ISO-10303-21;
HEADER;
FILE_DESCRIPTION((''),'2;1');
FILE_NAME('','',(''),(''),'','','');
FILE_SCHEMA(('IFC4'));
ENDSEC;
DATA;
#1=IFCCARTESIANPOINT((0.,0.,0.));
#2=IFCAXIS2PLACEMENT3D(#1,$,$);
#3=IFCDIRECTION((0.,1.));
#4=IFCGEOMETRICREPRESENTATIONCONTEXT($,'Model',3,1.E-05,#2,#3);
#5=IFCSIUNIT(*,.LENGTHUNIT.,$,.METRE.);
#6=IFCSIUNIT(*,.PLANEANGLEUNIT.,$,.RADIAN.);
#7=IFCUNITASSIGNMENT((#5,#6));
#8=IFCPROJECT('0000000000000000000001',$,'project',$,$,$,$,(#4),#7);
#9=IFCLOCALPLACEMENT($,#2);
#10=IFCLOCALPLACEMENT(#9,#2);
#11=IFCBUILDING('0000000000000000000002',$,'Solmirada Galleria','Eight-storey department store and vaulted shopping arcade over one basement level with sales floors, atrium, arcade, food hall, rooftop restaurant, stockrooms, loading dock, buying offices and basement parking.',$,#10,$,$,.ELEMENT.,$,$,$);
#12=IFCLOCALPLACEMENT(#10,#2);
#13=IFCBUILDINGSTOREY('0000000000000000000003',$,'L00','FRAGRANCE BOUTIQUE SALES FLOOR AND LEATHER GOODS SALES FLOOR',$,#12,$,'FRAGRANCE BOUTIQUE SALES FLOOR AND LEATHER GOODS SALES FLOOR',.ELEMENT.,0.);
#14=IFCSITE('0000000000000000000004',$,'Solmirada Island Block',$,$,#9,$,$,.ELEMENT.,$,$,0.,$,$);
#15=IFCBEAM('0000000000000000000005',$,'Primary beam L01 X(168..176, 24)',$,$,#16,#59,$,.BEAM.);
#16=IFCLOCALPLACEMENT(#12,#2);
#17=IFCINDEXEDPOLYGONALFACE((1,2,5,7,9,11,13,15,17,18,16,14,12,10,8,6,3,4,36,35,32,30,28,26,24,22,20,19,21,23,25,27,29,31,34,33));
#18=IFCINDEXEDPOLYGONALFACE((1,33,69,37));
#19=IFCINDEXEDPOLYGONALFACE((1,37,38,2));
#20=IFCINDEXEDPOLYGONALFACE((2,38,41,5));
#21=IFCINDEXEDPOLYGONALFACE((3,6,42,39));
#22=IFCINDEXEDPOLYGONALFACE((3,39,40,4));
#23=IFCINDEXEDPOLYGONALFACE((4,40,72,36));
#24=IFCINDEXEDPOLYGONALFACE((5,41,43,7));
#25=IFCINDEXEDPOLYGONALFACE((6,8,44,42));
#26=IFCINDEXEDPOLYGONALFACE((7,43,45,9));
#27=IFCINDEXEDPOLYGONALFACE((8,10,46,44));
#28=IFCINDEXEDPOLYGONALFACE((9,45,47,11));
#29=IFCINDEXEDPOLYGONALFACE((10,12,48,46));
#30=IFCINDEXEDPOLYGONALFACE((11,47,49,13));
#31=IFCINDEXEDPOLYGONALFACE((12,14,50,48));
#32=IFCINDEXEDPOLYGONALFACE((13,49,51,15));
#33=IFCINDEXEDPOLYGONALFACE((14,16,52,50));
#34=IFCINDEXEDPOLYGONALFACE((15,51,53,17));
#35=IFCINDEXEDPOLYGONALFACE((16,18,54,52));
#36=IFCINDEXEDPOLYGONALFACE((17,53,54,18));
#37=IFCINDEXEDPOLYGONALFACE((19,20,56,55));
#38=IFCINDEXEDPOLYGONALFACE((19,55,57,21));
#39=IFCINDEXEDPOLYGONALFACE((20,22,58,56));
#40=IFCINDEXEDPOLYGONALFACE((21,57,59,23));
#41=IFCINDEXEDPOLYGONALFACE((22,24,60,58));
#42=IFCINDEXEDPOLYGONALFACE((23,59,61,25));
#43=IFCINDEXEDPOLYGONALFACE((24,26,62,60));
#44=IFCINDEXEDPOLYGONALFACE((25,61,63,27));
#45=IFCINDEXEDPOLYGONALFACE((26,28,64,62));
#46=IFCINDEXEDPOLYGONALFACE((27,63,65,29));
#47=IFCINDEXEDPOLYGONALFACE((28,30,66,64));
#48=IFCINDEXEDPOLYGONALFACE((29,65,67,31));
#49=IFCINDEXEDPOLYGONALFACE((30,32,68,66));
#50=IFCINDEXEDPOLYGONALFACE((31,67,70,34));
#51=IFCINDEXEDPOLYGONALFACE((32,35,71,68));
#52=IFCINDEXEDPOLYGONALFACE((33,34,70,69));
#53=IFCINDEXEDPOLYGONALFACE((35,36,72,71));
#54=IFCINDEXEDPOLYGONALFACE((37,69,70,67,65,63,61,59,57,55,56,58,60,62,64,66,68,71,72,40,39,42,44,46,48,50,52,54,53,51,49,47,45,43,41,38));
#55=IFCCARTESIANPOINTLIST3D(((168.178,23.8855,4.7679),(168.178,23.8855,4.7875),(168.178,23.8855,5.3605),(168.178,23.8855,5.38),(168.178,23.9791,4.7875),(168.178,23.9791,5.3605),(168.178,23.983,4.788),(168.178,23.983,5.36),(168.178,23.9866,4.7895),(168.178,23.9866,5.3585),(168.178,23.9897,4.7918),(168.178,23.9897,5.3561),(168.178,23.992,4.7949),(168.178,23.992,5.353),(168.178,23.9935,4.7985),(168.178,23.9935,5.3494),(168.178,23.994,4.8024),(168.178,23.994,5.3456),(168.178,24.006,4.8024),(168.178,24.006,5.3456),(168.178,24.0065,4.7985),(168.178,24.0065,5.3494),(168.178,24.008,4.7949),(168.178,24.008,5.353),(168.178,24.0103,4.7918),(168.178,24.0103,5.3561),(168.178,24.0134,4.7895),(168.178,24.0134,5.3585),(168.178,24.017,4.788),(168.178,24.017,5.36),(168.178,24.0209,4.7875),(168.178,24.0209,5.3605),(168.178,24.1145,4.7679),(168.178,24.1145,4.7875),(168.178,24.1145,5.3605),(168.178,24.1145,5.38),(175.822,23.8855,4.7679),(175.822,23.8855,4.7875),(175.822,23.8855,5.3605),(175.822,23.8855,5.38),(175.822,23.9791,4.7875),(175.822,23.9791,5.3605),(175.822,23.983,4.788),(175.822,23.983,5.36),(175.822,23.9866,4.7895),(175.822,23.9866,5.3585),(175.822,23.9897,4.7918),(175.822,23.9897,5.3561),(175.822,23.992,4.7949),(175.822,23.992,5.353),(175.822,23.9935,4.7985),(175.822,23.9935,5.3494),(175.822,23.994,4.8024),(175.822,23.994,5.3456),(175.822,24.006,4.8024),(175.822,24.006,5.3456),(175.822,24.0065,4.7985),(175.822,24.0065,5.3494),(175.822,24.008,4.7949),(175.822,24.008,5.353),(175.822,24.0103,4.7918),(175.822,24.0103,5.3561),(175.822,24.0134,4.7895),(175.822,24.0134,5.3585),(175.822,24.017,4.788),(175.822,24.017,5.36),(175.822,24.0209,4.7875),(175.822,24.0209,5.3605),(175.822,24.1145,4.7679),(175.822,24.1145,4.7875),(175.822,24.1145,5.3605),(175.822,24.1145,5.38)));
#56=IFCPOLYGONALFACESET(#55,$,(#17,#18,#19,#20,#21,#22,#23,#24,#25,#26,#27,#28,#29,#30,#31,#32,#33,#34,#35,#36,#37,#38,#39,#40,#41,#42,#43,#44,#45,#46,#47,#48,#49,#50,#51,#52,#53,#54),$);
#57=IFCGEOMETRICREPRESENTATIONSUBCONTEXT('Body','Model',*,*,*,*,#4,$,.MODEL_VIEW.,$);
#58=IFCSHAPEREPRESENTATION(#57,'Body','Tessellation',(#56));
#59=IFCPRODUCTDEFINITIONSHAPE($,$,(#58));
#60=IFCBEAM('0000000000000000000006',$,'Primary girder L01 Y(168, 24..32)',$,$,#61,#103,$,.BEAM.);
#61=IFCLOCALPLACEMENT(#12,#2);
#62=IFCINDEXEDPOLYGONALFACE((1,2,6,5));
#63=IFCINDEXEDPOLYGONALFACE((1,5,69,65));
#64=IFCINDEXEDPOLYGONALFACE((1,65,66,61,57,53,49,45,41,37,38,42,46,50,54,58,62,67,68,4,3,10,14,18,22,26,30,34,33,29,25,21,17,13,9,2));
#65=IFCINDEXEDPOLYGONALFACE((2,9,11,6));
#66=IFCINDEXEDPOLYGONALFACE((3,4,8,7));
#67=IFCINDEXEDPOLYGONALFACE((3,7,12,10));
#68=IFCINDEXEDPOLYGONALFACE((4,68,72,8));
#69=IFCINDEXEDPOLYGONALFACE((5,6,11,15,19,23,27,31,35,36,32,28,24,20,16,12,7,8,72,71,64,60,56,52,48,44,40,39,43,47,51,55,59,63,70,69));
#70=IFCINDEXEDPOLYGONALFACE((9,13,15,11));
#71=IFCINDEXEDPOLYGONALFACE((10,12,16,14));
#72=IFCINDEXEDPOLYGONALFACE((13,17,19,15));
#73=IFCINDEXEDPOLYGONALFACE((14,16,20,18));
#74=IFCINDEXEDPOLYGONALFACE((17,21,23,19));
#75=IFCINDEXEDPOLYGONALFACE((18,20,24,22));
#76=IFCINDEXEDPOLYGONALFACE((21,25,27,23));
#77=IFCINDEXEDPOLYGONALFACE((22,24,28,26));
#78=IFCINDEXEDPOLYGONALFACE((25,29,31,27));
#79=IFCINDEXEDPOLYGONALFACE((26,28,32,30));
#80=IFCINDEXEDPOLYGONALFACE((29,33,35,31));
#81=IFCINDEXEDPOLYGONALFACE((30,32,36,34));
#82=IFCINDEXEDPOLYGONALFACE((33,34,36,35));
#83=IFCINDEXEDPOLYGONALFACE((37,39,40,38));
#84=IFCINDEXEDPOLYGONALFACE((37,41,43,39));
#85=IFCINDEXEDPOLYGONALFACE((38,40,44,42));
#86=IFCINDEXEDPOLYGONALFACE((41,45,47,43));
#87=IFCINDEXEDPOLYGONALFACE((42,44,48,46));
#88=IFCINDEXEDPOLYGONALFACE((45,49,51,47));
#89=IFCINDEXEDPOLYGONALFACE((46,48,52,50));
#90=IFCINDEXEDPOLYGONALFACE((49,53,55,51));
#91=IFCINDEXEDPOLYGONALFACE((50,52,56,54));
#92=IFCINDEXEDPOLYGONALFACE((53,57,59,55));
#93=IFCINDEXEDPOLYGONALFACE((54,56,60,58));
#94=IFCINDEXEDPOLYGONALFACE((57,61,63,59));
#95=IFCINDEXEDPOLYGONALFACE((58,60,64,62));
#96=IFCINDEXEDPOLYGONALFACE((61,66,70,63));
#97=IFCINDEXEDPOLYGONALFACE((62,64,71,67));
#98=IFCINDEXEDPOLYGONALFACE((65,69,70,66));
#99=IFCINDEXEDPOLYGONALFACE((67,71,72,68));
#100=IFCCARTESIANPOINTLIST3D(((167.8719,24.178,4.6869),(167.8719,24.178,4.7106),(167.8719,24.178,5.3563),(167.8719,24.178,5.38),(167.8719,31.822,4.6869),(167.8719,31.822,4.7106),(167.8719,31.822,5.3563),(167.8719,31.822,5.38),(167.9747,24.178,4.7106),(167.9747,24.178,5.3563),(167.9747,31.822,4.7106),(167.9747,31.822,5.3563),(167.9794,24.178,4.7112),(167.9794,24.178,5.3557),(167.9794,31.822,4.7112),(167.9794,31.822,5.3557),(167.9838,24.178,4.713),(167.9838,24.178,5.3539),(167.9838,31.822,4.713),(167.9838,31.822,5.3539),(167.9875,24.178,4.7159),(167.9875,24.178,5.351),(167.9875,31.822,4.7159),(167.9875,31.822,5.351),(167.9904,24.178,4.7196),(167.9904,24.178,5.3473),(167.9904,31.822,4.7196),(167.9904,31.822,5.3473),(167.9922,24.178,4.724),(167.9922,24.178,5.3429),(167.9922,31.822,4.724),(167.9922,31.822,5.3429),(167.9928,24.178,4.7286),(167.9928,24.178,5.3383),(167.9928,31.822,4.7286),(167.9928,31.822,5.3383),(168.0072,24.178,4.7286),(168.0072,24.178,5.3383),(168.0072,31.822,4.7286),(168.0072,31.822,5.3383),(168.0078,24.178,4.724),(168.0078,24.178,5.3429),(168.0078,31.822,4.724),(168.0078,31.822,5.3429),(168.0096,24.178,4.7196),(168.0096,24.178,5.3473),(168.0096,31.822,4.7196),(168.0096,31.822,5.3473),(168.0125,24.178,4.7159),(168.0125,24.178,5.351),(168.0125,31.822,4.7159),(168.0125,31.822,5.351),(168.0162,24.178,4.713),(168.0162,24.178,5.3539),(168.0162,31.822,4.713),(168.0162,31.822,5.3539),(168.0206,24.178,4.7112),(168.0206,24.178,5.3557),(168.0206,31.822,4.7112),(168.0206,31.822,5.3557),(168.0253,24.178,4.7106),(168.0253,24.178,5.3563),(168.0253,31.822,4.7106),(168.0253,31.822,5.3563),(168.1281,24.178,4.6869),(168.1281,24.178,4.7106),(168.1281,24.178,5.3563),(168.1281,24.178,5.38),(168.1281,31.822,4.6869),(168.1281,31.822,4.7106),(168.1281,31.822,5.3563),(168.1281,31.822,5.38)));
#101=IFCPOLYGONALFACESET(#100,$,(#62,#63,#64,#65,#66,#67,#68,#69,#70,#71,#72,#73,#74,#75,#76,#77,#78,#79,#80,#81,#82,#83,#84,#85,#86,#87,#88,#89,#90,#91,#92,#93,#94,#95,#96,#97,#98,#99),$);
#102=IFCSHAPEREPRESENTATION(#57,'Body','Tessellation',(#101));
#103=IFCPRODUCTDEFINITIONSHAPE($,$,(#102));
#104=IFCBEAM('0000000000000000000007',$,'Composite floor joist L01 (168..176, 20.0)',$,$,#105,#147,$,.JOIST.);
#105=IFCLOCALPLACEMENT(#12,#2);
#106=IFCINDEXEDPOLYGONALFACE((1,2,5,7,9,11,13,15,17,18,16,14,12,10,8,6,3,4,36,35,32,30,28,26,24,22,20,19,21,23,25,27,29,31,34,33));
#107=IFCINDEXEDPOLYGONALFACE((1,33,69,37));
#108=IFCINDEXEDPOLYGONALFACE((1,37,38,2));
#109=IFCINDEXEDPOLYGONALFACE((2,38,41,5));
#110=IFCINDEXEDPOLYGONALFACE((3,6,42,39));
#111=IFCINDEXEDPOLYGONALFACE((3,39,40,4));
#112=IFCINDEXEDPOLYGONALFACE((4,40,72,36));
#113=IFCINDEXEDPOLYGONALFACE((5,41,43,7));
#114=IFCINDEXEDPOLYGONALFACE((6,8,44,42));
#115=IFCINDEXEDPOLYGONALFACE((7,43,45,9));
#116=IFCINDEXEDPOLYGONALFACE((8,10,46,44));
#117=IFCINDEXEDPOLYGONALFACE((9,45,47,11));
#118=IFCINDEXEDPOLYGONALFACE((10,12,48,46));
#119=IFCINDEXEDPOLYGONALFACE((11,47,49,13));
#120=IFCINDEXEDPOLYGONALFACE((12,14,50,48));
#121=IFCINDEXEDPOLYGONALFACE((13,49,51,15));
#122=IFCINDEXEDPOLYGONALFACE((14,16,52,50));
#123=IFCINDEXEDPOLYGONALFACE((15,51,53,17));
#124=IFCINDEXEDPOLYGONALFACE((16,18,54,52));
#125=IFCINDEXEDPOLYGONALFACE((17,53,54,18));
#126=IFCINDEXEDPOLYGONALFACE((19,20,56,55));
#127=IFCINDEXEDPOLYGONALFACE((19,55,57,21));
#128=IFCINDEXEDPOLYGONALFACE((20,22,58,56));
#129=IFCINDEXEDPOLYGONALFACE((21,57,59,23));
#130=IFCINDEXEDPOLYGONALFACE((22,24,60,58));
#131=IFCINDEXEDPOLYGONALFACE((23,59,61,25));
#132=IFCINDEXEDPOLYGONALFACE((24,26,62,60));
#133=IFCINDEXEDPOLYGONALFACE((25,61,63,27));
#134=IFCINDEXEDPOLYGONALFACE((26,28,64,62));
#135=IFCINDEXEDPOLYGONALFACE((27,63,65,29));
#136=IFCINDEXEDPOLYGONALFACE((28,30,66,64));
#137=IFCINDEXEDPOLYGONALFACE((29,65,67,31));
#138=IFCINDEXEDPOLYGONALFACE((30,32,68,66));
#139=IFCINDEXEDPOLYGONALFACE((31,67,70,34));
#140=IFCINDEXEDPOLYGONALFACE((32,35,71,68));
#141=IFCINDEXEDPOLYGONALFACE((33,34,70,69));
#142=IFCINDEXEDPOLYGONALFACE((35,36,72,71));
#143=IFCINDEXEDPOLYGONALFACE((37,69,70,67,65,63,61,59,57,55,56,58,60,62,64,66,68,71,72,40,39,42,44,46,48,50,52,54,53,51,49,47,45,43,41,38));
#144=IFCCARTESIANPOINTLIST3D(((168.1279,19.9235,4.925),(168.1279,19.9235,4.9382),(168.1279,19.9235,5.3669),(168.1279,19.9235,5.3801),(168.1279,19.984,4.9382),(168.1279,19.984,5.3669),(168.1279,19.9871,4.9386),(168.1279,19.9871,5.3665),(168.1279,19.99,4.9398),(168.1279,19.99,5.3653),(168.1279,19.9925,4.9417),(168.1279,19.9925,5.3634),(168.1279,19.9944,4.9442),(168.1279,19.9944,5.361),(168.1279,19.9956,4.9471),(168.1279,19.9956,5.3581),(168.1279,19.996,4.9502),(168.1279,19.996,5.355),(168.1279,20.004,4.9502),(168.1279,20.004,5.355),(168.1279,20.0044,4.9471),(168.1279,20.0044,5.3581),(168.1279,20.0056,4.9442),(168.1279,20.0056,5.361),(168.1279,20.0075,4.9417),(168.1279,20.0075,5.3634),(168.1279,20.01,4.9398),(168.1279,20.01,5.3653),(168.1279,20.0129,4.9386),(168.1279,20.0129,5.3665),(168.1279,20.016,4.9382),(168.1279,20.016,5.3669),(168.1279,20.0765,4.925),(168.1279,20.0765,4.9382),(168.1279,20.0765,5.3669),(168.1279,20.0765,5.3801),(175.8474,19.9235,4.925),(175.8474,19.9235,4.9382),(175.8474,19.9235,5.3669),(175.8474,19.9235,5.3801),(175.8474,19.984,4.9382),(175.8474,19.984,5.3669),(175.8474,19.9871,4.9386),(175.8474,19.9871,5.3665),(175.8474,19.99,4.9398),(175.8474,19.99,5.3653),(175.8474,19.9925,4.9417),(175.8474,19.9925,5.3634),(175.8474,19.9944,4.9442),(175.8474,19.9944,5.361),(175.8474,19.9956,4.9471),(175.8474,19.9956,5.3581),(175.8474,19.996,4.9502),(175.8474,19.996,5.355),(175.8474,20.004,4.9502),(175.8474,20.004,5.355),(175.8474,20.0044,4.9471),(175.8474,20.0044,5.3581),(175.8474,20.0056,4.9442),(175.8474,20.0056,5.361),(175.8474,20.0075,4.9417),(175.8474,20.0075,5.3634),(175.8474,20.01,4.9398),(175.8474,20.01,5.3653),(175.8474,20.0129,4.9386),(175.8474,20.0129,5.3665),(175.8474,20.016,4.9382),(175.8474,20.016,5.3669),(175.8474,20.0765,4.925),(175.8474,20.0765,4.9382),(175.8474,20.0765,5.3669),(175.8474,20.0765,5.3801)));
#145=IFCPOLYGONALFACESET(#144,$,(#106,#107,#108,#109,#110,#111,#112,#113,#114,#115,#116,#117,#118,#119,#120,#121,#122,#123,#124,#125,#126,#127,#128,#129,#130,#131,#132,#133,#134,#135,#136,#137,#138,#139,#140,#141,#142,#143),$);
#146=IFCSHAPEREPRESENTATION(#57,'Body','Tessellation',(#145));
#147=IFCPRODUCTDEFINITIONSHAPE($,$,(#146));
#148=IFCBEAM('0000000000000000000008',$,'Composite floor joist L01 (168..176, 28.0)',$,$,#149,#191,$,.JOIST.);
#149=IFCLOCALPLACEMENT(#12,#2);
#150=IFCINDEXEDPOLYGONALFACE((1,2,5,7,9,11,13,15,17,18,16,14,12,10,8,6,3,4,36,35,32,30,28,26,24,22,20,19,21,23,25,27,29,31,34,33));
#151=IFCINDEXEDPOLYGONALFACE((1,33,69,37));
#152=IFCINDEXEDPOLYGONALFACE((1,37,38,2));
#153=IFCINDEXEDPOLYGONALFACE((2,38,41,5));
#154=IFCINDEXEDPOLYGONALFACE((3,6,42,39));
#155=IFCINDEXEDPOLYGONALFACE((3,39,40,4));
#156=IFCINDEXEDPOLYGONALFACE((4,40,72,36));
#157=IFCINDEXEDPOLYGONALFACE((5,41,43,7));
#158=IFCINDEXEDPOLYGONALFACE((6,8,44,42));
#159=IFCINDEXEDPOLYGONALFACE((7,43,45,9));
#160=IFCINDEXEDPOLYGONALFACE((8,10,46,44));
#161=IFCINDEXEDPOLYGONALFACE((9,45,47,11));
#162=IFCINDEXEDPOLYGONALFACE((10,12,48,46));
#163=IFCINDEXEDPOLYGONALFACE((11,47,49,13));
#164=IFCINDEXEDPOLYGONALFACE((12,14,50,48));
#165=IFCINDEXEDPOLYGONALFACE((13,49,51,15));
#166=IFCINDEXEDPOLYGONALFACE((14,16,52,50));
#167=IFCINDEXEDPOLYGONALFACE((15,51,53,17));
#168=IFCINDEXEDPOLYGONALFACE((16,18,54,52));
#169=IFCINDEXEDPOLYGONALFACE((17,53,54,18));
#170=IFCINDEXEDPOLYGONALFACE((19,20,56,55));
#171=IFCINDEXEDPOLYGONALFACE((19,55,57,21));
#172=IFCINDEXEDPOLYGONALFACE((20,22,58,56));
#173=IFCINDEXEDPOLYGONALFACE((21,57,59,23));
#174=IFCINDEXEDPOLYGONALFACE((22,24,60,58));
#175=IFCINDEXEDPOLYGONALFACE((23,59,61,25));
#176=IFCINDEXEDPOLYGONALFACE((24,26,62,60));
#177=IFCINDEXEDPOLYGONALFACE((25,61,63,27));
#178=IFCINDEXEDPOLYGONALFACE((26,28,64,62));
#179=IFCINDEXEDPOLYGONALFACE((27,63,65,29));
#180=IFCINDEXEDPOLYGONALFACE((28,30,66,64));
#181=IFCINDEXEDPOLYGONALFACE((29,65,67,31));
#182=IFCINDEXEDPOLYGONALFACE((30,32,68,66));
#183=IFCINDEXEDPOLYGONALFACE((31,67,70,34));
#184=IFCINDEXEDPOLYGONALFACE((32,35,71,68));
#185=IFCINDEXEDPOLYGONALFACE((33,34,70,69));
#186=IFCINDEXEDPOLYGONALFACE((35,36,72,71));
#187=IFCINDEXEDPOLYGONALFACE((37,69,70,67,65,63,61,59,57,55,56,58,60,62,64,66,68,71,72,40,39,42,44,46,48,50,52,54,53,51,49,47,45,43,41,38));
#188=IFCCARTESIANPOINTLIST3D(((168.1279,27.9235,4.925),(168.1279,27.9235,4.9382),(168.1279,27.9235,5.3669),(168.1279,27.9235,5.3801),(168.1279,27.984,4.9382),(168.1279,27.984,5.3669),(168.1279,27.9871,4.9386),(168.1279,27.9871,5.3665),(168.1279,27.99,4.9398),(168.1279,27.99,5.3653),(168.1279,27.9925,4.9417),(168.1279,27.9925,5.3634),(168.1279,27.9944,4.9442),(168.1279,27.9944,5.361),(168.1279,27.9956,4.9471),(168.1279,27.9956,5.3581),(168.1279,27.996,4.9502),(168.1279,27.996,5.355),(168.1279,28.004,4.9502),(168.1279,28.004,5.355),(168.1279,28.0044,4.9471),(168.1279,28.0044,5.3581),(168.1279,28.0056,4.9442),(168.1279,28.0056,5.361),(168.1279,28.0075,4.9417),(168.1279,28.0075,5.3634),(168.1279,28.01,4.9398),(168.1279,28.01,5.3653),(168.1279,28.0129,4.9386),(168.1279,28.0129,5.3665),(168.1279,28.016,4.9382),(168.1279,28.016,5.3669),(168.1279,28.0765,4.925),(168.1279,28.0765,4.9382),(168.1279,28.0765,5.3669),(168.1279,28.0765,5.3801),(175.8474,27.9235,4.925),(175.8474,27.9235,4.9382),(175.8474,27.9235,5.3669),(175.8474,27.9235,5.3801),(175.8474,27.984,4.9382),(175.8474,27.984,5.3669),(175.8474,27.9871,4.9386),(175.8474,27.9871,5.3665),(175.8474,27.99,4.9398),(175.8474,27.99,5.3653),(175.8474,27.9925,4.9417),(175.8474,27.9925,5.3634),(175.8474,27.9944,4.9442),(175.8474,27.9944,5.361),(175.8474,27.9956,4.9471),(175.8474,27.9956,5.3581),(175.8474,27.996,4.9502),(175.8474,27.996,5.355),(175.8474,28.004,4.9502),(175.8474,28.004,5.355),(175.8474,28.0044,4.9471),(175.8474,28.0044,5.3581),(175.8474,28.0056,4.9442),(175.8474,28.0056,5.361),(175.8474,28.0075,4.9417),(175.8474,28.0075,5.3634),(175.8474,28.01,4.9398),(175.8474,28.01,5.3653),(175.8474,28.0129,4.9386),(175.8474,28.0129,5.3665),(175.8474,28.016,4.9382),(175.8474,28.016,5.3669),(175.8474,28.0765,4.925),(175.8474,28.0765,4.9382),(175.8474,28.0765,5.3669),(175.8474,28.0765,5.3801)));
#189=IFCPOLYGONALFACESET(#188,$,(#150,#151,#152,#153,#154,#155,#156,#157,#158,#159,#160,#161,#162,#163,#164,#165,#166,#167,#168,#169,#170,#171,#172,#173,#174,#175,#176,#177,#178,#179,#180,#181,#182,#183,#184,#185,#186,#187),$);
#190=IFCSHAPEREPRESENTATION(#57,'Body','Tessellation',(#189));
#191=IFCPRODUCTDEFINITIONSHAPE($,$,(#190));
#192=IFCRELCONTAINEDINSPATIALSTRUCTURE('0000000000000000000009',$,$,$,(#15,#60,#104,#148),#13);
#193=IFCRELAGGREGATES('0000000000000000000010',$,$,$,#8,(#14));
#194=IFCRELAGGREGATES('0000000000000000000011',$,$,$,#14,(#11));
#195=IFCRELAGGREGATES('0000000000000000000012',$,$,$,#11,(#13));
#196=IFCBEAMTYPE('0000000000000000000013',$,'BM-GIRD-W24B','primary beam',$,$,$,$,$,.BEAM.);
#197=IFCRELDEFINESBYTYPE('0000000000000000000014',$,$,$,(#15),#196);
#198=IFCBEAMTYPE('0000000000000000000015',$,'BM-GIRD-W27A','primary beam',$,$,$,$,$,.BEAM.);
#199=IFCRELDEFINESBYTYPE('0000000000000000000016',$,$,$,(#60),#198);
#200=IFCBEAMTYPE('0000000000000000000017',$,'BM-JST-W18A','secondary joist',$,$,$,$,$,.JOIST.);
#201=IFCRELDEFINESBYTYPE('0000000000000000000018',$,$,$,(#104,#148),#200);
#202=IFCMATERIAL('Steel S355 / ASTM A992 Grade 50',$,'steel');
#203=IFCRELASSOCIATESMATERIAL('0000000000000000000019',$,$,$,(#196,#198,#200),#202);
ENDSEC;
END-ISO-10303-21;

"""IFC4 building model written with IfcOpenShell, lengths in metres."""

from ifc_helpers import new_model, si_unit, direction, frame, origin, origin_2d, place, context, subcontext, project, spatial, i_section, extrude, material, material_profile, profile_set, type_object, element, save


model = new_model("IFC4")

# Units and contexts
model_context = context("Model", 3, precision=1e-05, world=origin(), true_north=direction((0.0, 1.0)))
body_context = subcontext(model_context, "Body", "Model", "MODEL_VIEW")
ifc_project = project(units=[si_unit("LENGTHUNIT", "METRE"), si_unit("PLANEANGLEUNIT", "RADIAN")], contexts=[model_context])

# Site, building, storey
site_placement = place(None, origin())
site = spatial("IfcSite", under=ifc_project, at=site_placement, Name="Solmirada Island Block", CompositionType="ELEMENT", RefElevation=0.0)
building_placement = place(site_placement, origin())
building = spatial("IfcBuilding", under=site, at=building_placement, Name="Solmirada Galleria", Description="Eight-storey department store and vaulted shopping arcade over one basement level with sales floors, atrium, arcade, food hall, rooftop restaurant, stockrooms, loading dock, buying offices and basement parking.", CompositionType="ELEMENT")
storey_placement = place(building_placement, origin())
storey = spatial("IfcBuildingStorey", under=building, at=storey_placement, Name="L00", Description="FRAGRANCE BOUTIQUE SALES FLOOR AND LEATHER GOODS SALES FLOOR", LongName="FRAGRANCE BOUTIQUE SALES FLOOR AND LEATHER GOODS SALES FLOOR", CompositionType="ELEMENT", Elevation=0.0)

# Beams
ifc_material_1 = material(Name="Steel S355 / ASTM A992 Grade 50", Category="steel")
ifc_material_profile_1 = material_profile(ifc_material_1, i_section(OverallWidth=0.229, OverallDepth=0.6121, WebThickness=0.012, FlangeThickness=0.0195, FilletRadius=0.0149, at=origin_2d()), Name="W24X84")
ifc_profile_set_1 = profile_set([ifc_material_profile_1], Name="Steel S355 / ASTM A992 Grade 50")
beam_type_1 = type_object("IfcBeamType", Name="BM-GIRD-W24B", Description="primary beam", PredefinedType="BEAM", material=ifc_profile_set_1)
beam_1_placement = place(storey_placement, frame((168.178, 24.0, 5.074), z_axis=(1.0, 0.0, 0.0), x_axis=(0.0, 1.0, 0.0)))
element("IfcBeam", 1, at=beam_1_placement, inside=storey, type_object=beam_type_1, Name="Primary beam L01 X(168..176, 24)", PredefinedType="BEAM", context=body_context, shape_type="SweptSolid", body=[
    extrude(i_section(OverallWidth=0.229, OverallDepth=0.6121, WebThickness=0.012, FlangeThickness=0.0195, FilletRadius=0.0149, at=origin_2d()), origin(), (0.0, 0.0, 1.0), 7.644),
])
ifc_material_profile_2 = material_profile(ifc_material_1, i_section(OverallWidth=0.2561, OverallDepth=0.6931, WebThickness=0.0144, FlangeThickness=0.0237, FilletRadius=0.0181, at=origin_2d()), Name="W27X114")
ifc_profile_set_2 = profile_set([ifc_material_profile_2], Name="Steel S355 / ASTM A992 Grade 50")
beam_type_2 = type_object("IfcBeamType", Name="BM-GIRD-W27A", Description="primary beam", PredefinedType="BEAM", material=ifc_profile_set_2)
beam_2_placement = place(storey_placement, frame((168.0, 24.178, 5.0334), z_axis=(0.0, 1.0, 0.0), x_axis=(-1.0, 0.0, 0.0)))
element("IfcBeam", 2, at=beam_2_placement, inside=storey, type_object=beam_type_2, Name="Primary girder L01 Y(168, 24..32)", PredefinedType="BEAM", context=body_context, shape_type="SweptSolid", body=[
    extrude(i_section(OverallWidth=0.2561, OverallDepth=0.6931, WebThickness=0.0144, FlangeThickness=0.0237, FilletRadius=0.0181, at=origin_2d()), origin(), (0.0, 0.0, 1.0), 7.644),
])
ifc_material_profile_3 = material_profile(ifc_material_1, i_section(OverallWidth=0.1531, OverallDepth=0.4551, WebThickness=0.0081, FlangeThickness=0.0132, FilletRadius=0.012, at=origin_2d()), Name="W18X40")
ifc_profile_set_3 = profile_set([ifc_material_profile_3], Name="Steel S355 / ASTM A992 Grade 50")
beam_type_3 = type_object("IfcBeamType", Name="BM-JST-W18A", Description="secondary joist", PredefinedType="JOIST", material=ifc_profile_set_3)
for number, where, z_axis, x_axis, name in (
    (3, (168.1279, 20.0, 5.1526), (1.0, 0.0, 0.0), (0.0, 1.0, 0.0), "Composite floor joist L01 (168..176, 20.0)"),
    (4, (168.1279, 28.0, 5.1526), (1.0, 0.0, 0.0), (0.0, 1.0, 0.0), "Composite floor joist L01 (168..176, 28.0)"),
):
    element("IfcBeam", number, at=place(storey_placement, frame(where, z_axis=z_axis, x_axis=x_axis)), inside=storey, type_object=beam_type_3, Name=name, PredefinedType="JOIST", context=body_context, shape_type="SweptSolid", body=[
        extrude(i_section(OverallWidth=0.1531, OverallDepth=0.4551, WebThickness=0.0081, FlangeThickness=0.0132, FilletRadius=0.012, at=origin_2d()), origin(), (0.0, 0.0, 1.0), 7.7195),
    ])

save(model, "model.ifc")
